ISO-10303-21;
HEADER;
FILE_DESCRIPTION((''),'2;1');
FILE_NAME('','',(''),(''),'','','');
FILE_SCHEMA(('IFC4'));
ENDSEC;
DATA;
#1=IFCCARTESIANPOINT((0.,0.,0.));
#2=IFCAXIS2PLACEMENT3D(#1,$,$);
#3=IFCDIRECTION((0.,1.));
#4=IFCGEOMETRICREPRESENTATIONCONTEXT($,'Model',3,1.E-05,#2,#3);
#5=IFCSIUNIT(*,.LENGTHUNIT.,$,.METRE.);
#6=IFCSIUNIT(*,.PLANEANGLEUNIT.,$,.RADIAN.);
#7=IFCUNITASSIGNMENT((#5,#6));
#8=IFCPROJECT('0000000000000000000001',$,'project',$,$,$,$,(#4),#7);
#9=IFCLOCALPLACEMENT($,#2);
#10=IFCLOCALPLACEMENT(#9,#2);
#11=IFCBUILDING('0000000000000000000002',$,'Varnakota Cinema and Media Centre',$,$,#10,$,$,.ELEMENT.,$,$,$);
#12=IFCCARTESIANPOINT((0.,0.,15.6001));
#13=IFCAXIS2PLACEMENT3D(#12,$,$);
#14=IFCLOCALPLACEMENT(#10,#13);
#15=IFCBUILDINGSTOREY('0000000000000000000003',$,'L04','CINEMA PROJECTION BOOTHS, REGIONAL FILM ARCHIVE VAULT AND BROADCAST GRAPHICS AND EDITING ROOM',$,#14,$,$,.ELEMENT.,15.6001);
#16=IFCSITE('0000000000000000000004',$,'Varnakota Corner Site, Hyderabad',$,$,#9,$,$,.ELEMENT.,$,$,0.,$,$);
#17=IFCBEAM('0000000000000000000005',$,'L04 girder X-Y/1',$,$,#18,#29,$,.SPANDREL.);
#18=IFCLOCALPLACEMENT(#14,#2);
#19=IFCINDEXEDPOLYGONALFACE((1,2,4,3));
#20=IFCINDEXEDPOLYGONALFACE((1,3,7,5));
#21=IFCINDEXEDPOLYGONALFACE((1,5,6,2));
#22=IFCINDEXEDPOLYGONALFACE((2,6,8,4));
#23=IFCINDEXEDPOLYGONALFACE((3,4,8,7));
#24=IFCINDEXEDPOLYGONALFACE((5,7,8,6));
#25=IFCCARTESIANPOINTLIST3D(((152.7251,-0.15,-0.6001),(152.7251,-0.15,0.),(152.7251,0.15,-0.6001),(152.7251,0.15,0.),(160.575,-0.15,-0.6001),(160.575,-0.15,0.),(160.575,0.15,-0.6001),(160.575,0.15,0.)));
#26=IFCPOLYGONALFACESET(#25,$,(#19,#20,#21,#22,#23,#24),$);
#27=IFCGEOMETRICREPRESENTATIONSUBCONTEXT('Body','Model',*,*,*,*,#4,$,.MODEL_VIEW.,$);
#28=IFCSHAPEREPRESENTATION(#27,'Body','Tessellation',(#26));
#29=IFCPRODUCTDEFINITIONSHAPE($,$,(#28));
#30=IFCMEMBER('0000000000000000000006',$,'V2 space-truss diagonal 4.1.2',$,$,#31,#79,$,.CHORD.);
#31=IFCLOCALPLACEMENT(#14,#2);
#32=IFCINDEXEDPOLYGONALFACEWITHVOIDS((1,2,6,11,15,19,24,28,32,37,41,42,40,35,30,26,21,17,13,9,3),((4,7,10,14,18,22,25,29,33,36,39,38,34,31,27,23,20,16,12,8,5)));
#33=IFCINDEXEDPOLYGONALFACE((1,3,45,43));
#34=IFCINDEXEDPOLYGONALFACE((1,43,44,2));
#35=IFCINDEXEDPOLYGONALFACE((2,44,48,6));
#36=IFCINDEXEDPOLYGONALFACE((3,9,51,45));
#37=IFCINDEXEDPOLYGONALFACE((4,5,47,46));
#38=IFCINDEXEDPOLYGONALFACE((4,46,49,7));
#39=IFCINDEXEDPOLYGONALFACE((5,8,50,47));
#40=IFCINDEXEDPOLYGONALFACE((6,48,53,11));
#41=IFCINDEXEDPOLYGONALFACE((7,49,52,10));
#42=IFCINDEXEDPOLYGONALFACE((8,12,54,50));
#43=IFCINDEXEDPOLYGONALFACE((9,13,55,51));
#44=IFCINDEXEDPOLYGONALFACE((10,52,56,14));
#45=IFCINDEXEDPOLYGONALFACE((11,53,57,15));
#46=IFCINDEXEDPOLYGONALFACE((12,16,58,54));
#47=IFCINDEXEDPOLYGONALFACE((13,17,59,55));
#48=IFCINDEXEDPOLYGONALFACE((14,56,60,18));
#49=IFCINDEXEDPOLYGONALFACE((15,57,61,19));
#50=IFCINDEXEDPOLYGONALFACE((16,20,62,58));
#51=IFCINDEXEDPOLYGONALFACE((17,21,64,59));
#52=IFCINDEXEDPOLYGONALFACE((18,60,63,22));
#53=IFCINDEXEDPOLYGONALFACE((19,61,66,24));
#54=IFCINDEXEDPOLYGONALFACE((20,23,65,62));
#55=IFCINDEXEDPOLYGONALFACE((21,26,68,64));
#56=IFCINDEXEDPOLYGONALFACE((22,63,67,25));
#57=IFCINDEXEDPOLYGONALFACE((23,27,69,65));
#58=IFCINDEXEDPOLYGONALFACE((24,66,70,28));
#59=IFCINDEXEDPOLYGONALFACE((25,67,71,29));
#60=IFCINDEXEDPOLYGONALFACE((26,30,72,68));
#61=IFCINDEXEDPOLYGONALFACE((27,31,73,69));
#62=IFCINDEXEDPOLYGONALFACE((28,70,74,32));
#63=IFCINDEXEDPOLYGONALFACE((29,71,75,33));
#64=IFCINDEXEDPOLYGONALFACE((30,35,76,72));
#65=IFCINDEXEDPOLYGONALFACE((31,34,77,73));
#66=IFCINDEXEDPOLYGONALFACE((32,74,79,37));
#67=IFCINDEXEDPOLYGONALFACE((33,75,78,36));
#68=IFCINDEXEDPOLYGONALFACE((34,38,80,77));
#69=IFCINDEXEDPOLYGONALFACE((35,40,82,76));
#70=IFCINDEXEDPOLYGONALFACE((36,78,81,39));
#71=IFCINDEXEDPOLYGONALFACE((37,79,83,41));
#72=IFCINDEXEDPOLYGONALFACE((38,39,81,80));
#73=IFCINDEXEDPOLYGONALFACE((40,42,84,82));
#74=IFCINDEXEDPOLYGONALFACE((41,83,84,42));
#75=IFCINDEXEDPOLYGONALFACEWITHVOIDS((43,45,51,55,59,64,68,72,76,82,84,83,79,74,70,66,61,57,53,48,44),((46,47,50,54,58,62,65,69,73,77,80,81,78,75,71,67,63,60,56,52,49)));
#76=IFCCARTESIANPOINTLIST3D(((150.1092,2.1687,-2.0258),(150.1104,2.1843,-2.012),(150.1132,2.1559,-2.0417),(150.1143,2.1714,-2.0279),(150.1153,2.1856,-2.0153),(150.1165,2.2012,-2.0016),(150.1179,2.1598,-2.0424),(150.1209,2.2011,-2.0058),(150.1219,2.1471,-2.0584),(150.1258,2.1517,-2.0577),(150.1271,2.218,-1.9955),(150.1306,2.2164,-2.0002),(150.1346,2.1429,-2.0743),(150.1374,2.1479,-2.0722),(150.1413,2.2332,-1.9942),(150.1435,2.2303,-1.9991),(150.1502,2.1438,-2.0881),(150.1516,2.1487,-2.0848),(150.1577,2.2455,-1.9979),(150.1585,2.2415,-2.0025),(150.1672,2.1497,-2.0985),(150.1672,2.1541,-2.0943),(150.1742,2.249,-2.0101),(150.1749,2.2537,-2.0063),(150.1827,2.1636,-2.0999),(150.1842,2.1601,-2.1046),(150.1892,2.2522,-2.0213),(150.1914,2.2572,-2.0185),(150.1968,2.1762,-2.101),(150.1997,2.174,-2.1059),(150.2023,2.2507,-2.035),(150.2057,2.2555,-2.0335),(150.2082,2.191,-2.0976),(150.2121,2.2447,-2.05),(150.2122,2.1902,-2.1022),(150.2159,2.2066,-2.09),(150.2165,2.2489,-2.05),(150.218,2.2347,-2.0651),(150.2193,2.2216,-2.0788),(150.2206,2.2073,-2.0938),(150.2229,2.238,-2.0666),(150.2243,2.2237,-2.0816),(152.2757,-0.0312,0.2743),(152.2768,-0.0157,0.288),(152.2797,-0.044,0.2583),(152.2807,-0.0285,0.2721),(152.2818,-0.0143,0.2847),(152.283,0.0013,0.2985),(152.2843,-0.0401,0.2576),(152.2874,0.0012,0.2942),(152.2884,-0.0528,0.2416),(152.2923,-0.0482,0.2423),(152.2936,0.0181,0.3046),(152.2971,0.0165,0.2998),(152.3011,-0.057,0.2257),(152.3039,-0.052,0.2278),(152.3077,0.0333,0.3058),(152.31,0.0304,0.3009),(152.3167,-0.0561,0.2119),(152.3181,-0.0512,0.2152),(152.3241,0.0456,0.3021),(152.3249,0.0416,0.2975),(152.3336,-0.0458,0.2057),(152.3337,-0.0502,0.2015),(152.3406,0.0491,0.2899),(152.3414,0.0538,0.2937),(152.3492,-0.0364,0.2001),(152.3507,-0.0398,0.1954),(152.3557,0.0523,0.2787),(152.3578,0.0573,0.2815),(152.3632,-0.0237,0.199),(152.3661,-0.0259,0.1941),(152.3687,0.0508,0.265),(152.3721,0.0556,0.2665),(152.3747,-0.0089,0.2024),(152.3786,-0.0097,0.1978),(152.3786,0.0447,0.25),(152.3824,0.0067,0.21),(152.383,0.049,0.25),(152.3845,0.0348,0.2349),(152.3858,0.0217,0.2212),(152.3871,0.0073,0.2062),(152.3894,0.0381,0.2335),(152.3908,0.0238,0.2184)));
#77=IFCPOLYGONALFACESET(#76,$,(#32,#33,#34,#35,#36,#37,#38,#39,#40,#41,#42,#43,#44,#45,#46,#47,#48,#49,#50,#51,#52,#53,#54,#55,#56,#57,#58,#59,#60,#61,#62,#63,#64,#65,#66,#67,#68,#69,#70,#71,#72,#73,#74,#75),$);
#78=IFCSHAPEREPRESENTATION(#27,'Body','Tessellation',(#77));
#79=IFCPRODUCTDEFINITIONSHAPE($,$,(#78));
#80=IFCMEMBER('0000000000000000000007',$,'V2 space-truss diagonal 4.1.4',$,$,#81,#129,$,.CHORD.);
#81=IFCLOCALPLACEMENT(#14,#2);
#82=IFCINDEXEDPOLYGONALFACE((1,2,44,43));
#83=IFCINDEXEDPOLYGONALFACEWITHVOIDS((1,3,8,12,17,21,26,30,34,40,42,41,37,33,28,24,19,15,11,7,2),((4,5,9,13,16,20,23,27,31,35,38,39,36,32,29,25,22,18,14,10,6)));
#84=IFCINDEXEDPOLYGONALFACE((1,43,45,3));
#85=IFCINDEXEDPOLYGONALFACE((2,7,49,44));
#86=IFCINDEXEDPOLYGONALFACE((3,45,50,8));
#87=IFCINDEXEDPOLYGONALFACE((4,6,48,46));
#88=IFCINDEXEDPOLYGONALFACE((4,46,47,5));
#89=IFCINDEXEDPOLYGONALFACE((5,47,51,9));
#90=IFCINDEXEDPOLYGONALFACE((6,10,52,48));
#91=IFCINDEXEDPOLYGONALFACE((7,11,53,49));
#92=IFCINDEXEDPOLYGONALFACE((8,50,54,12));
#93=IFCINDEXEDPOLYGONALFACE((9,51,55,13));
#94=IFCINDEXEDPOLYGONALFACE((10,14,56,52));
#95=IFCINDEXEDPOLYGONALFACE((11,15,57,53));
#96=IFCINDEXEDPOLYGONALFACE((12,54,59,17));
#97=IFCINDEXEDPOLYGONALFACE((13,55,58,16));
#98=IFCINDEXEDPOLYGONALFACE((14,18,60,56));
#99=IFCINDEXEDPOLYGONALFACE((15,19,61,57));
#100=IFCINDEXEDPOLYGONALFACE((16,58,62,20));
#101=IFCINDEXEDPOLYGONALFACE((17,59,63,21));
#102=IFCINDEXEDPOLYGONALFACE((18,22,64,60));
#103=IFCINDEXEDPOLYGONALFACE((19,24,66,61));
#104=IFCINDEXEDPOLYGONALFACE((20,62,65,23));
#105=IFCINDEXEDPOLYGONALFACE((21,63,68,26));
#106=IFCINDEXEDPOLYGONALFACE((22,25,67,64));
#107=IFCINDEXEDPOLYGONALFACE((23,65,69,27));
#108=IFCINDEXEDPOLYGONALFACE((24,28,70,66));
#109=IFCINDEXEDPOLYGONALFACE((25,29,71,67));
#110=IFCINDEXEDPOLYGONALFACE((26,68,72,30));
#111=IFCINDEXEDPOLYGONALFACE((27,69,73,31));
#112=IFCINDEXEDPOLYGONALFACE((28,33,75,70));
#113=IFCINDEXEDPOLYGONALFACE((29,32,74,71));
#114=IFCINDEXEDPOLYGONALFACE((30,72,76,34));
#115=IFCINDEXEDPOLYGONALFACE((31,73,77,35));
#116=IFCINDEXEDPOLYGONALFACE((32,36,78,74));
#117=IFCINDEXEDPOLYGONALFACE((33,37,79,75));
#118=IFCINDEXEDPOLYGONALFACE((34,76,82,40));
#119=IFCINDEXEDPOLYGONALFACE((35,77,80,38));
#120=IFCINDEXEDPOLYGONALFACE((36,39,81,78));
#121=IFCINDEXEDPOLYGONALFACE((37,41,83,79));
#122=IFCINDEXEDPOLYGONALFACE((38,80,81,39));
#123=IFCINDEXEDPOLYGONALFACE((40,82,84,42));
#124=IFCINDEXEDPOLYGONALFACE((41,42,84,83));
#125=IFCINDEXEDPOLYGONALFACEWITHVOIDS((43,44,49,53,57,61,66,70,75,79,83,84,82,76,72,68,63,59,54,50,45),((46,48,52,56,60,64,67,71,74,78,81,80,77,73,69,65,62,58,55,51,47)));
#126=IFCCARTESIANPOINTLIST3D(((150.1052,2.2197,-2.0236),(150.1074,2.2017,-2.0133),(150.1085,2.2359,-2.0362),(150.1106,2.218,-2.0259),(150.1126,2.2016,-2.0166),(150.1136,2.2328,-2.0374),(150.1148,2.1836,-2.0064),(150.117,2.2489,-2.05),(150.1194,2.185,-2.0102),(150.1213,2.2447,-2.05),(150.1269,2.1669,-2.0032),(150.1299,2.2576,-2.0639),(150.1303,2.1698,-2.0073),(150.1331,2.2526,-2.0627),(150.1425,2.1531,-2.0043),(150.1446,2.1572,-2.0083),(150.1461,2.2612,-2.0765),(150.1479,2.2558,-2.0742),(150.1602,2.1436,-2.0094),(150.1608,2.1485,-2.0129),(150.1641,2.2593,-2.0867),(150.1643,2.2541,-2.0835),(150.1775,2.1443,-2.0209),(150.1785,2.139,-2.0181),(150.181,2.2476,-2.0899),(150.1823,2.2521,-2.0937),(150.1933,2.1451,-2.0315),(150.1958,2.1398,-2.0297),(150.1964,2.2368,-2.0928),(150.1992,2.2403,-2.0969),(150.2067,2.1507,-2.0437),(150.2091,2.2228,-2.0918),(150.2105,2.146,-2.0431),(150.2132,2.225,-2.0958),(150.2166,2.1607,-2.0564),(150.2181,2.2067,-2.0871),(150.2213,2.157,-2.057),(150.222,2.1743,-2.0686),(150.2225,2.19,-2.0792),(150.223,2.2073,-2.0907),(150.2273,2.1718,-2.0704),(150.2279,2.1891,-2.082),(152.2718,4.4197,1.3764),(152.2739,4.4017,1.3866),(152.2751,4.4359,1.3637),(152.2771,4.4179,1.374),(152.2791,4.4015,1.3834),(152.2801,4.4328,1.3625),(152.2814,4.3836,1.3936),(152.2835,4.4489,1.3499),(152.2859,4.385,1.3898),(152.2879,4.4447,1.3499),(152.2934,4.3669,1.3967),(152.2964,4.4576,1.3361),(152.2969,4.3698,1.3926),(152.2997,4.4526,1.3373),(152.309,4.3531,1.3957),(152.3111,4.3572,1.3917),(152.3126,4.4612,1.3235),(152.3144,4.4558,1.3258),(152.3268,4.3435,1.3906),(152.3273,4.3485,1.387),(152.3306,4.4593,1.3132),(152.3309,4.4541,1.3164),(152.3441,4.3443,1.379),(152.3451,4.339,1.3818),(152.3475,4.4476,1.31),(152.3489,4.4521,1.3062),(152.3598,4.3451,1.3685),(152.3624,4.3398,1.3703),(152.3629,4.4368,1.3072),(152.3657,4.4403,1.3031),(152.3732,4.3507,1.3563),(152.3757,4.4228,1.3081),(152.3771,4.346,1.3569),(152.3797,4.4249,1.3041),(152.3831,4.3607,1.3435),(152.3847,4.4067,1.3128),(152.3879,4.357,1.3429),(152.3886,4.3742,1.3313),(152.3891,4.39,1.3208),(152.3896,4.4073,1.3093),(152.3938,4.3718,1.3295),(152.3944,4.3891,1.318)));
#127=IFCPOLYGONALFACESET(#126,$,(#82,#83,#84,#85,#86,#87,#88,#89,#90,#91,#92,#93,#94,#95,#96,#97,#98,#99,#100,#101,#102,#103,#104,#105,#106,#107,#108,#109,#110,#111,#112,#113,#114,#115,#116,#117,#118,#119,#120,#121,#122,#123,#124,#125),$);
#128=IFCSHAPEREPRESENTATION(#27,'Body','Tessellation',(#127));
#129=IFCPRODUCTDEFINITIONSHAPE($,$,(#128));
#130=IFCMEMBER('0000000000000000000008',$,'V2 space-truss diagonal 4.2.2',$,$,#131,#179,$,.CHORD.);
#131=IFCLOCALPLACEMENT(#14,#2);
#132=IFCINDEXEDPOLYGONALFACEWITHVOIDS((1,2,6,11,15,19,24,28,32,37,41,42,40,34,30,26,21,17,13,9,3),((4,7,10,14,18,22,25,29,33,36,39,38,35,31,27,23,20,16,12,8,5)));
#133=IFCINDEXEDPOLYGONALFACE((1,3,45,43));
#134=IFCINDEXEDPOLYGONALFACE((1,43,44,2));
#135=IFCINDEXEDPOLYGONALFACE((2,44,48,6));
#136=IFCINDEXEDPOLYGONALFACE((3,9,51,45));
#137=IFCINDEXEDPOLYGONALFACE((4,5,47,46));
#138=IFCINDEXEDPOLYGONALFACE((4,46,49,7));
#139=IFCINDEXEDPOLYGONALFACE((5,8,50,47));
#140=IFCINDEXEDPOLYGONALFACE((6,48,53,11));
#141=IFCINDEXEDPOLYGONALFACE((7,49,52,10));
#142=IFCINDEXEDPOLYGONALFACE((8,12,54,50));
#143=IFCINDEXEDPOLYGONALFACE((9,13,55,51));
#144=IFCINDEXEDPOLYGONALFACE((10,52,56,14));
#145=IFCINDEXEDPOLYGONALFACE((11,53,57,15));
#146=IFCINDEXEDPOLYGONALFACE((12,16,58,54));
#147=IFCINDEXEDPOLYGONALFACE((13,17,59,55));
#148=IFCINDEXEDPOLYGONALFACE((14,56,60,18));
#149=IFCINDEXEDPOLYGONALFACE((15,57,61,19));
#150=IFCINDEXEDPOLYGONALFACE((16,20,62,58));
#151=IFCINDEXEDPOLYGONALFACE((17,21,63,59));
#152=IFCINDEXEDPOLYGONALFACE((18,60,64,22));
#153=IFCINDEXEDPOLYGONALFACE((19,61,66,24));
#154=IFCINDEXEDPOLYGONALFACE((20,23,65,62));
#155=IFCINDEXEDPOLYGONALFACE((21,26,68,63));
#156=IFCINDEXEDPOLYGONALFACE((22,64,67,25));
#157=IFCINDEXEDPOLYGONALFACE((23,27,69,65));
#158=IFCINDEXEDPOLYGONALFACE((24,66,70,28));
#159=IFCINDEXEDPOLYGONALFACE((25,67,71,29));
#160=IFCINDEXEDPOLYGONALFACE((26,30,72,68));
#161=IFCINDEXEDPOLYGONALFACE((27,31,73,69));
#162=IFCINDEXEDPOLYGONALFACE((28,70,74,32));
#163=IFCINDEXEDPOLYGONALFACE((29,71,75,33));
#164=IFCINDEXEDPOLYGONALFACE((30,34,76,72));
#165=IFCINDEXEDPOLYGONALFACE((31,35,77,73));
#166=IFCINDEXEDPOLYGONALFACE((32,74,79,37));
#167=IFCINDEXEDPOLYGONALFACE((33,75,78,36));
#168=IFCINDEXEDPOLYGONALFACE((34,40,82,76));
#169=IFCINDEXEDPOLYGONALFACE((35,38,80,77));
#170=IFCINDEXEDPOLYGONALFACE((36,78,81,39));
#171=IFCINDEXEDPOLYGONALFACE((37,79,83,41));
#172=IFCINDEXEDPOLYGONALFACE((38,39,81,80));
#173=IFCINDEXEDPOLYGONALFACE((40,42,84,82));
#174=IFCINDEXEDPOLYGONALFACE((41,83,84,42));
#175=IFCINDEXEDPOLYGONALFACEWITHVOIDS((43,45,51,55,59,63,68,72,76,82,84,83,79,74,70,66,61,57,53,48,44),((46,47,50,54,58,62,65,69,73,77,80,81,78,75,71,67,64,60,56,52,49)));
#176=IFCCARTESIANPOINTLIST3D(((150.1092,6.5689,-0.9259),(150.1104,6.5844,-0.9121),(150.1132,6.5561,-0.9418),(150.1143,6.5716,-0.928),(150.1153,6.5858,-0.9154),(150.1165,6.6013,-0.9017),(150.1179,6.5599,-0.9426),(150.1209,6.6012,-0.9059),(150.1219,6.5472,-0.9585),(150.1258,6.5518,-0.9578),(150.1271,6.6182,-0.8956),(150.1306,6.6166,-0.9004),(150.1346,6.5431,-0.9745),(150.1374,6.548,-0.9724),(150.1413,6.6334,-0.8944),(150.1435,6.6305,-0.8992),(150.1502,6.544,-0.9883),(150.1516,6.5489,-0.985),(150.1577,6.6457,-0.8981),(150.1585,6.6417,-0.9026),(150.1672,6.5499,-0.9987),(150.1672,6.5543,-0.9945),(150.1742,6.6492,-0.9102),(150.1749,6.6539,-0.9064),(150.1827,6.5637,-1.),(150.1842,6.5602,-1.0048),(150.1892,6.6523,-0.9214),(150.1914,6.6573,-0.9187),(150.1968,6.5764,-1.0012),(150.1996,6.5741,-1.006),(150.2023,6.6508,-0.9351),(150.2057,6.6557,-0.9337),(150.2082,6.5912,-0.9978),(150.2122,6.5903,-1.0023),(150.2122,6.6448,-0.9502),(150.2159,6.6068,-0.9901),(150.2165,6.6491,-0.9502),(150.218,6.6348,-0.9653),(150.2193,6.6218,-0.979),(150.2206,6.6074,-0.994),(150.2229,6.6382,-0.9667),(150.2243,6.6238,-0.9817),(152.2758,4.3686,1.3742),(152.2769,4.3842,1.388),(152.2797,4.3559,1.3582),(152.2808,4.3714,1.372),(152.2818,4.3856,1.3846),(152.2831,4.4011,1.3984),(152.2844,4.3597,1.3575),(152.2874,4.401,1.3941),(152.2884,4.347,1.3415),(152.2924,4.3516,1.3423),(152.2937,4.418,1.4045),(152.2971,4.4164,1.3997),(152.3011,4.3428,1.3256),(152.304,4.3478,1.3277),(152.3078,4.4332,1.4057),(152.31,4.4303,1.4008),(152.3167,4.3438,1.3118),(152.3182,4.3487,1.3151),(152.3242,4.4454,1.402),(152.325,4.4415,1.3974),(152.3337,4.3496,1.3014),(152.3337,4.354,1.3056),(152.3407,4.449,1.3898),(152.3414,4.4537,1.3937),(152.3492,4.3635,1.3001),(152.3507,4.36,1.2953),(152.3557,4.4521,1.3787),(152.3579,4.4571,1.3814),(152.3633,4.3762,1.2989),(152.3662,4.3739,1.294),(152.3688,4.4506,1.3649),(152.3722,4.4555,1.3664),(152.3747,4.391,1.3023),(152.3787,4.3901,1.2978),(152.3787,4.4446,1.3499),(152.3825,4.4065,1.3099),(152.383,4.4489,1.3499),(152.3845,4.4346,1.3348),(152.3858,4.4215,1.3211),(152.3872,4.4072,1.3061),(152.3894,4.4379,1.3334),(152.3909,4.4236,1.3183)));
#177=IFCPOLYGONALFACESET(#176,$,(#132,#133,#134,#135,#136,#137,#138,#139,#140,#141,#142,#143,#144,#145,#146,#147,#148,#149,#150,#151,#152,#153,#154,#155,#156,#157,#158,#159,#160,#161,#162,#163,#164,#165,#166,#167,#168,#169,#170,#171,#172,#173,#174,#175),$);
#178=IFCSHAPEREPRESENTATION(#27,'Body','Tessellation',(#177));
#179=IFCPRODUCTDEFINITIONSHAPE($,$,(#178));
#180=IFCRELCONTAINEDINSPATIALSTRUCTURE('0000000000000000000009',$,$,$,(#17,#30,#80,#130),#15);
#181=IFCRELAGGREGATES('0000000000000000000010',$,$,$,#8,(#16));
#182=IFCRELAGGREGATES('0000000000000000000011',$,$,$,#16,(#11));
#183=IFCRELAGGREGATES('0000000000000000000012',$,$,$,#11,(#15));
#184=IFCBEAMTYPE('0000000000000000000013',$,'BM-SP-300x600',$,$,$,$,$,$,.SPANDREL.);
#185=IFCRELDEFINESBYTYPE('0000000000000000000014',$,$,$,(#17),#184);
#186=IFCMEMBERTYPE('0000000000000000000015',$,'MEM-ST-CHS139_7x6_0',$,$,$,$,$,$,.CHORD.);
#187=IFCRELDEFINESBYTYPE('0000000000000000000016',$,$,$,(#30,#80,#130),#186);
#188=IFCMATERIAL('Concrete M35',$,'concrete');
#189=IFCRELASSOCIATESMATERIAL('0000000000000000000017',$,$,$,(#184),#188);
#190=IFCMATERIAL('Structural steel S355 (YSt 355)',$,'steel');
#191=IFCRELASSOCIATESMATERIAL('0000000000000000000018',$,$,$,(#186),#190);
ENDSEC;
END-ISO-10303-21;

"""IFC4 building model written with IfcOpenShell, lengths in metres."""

from ifc_helpers import new_model, si_unit, direction, frame, origin, origin_2d, place, context, subcontext, project, spatial, rectangle, hollow_circle, extrude, material, material_profile, profile_set, type_object, element, save


model = new_model("IFC4")

# Units and contexts
model_context = context("Model", 3, precision=1e-05, world=origin(), true_north=direction((0.0, 1.0)))
body_context = subcontext(model_context, "Body", "Model", "MODEL_VIEW")
ifc_project = project(units=[si_unit("LENGTHUNIT", "METRE"), si_unit("PLANEANGLEUNIT", "RADIAN")], contexts=[model_context])

# Site, building, storey
site_placement = place(None, origin())
site = spatial("IfcSite", under=ifc_project, at=site_placement, Name="Varnakota Corner Site, Hyderabad", CompositionType="ELEMENT", RefElevation=0.0)
building_placement = place(site_placement, origin())
building = spatial("IfcBuilding", under=site, at=building_placement, Name="Varnakota Cinema and Media Centre", CompositionType="ELEMENT")
storey_placement = place(building_placement, frame((0.0, 0.0, 15.6001)))
storey = spatial("IfcBuildingStorey", under=building, at=storey_placement, Name="L04", Description="CINEMA PROJECTION BOOTHS, REGIONAL FILM ARCHIVE VAULT AND BROADCAST GRAPHICS AND EDITING ROOM", CompositionType="ELEMENT", Elevation=15.6001)

# Beam
ifc_material_1 = material(Name="Concrete M35", Category="concrete")
ifc_material_profile_1 = material_profile(ifc_material_1, rectangle(XDim=0.3, YDim=0.6001, at=origin_2d()), Name="RCB 300x600")
ifc_profile_set_1 = profile_set([ifc_material_profile_1], Name="Concrete M35")
beam_type = type_object("IfcBeamType", Name="BM-SP-300x600", PredefinedType="SPANDREL", material=ifc_profile_set_1)
beam_placement = place(storey_placement, frame((152.7251, 0.0, -0.3), z_axis=(1.0, 0.0, 0.0), x_axis=(0.0, 1.0, 0.0)))
element("IfcBeam", 1, at=beam_placement, inside=storey, type_object=beam_type, Name="L04 girder X-Y/1", PredefinedType="SPANDREL", context=body_context, shape_type="SweptSolid", body=[
    extrude(rectangle(XDim=0.3, YDim=0.6001, at=origin_2d()), origin(), (0.0, 0.0, 1.0), 7.8499),
])

# Members
ifc_material_2 = material(Name="Structural steel S355 (YSt 355)", Category="steel")
ifc_material_profile_2 = material_profile(ifc_material_2, hollow_circle(Radius=0.0698, WallThickness=0.0061, at=origin_2d()), Name="CHS 139.7x6.0")
ifc_profile_set_2 = profile_set([ifc_material_profile_2], Name="Structural steel S355 (YSt 355)")
member_type_1 = type_object("IfcMemberType", Name="MEM-ST-CHS139_7x6_0", PredefinedType="CHORD", material=ifc_profile_set_2)
member_1_placement = place(storey_placement, frame((150.1667, 2.2, -2.05), z_axis=(0.562705, -0.571392, 0.59739), x_axis=(0.712502, 0.70167, 0.0)))
element("IfcMember", 2, at=member_1_placement, inside=storey, type_object=member_type_1, Name="V2 space-truss diagonal 4.1.2", PredefinedType="CHORD", context=body_context, shape_type="SweptSolid", body=[
    extrude(hollow_circle(Radius=0.0698, WallThickness=0.0061, at=origin_2d()), origin(), (0.0, 0.0, 1.0), 3.8501),
])
member_2_placement = place(storey_placement, frame((150.1667, 2.2, -2.05), z_axis=(0.471728, 0.479011, 0.740285), x_axis=(-0.712502, 0.70167, 0.0)))
element("IfcMember", 3, at=member_2_placement, inside=storey, type_object=member_type_1, Name="V2 space-truss diagonal 4.1.4", PredefinedType="CHORD", context=body_context, shape_type="SweptSolid", body=[
    extrude(hollow_circle(Radius=0.0698, WallThickness=0.0061, at=origin_2d()), origin(), (0.0, 0.0, 1.0), 4.5928),
])
member_3_placement = place(storey_placement, frame((150.1667, 6.6001, -0.9502), z_axis=(0.562684, -0.571435, 0.597368), x_axis=(0.712541, 0.70163, 0.0)))
element("IfcMember", 4, at=member_3_placement, inside=storey, type_object=member_type_1, Name="V2 space-truss diagonal 4.2.2", PredefinedType="CHORD", context=body_context, shape_type="SweptSolid", body=[
    extrude(hollow_circle(Radius=0.0698, WallThickness=0.0061, at=origin_2d()), origin(), (0.0, 0.0, 1.0), 3.8503),
])

save(model, "model.ifc")
